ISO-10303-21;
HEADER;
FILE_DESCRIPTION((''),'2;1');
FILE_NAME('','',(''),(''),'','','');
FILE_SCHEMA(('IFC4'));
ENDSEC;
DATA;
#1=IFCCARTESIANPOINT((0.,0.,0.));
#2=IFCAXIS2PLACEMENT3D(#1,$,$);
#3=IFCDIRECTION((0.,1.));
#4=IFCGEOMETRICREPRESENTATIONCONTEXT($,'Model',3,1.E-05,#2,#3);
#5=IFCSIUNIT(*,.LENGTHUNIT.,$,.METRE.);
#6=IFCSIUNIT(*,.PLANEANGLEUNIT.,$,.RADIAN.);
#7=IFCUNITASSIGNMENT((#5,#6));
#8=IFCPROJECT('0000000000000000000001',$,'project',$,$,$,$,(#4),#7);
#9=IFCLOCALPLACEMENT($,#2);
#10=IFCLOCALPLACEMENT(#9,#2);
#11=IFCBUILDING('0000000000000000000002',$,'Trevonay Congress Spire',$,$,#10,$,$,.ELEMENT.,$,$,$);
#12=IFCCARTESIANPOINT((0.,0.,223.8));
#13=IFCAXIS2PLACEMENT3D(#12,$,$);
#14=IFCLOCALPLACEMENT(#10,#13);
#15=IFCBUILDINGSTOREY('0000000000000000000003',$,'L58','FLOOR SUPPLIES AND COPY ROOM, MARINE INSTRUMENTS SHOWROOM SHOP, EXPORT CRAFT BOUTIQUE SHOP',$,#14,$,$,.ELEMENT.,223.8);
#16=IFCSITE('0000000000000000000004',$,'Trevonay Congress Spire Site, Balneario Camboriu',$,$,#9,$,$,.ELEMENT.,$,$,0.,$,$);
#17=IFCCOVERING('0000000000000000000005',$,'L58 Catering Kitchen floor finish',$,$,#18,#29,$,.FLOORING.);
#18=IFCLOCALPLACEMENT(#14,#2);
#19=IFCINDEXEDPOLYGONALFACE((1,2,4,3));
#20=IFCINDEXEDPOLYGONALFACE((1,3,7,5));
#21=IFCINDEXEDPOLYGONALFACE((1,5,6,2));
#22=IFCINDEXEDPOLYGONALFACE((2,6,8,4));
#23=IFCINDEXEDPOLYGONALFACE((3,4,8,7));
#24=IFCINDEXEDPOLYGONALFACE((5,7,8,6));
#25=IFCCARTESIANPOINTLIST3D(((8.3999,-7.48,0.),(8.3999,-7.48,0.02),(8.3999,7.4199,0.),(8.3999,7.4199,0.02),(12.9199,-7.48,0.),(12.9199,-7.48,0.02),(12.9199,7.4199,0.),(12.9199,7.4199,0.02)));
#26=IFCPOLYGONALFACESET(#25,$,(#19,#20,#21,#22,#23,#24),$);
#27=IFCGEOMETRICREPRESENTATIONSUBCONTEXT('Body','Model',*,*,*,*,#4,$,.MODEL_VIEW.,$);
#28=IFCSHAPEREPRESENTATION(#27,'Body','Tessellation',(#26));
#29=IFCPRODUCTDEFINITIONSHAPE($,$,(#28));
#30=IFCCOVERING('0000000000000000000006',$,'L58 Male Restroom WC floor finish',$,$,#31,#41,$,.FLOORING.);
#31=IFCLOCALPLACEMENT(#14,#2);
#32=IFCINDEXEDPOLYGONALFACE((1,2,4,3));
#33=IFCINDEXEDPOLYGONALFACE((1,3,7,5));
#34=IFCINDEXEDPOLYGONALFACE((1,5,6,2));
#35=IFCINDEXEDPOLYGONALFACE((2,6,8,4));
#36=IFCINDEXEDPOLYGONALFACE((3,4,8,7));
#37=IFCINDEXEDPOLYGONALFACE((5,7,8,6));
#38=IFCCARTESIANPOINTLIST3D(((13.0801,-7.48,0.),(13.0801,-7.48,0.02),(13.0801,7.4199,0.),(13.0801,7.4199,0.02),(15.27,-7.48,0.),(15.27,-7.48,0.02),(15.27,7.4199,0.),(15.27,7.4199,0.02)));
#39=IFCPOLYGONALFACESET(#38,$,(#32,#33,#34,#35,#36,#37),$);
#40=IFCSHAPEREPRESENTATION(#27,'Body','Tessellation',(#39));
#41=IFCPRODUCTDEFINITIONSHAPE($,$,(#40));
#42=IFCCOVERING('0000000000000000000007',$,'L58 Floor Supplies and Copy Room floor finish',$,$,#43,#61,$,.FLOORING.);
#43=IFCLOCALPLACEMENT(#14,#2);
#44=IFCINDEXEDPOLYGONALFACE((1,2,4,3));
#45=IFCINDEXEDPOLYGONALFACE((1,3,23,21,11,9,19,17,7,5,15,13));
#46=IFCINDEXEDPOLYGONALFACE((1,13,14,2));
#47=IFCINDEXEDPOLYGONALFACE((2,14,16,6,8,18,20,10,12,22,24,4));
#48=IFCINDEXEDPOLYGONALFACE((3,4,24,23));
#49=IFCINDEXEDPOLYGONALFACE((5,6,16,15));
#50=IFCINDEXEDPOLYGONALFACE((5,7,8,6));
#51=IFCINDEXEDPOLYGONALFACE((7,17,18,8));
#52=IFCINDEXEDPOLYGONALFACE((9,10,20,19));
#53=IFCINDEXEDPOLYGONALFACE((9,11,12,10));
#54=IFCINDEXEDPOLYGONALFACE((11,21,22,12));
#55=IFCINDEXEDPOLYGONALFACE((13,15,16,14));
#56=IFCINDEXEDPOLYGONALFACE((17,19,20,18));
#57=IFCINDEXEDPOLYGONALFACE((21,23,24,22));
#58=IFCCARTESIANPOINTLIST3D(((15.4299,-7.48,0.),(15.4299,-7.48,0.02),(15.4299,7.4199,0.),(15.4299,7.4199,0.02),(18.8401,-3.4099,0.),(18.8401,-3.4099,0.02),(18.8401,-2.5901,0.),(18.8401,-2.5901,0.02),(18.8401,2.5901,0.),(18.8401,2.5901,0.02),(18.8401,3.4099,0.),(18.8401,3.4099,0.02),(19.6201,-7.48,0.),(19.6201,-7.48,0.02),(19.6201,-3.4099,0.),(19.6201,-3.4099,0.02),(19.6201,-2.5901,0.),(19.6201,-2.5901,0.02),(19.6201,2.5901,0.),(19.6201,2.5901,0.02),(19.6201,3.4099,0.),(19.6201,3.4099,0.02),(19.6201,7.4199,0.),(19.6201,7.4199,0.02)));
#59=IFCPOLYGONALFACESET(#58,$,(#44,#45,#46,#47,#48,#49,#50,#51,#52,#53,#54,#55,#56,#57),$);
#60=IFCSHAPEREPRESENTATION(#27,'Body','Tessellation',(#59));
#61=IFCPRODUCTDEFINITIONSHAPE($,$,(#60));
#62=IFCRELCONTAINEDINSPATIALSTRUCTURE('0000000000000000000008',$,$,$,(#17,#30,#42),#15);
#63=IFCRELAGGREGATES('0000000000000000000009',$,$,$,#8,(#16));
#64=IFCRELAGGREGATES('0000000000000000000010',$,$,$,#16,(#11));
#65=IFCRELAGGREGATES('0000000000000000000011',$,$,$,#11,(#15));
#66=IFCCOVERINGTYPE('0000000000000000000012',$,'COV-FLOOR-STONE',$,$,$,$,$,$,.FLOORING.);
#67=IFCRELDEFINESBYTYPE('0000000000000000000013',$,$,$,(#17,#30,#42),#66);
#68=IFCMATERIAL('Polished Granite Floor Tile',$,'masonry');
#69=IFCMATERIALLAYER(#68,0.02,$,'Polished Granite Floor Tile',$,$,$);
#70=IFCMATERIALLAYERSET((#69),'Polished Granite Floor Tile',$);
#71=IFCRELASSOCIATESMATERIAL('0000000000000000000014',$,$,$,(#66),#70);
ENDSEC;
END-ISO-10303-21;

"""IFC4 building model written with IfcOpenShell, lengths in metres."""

from ifc_helpers import new_model, si_unit, direction, frame, origin, place, context, subcontext, project, spatial, polyline, outline, extrude, material, layer, layer_set, type_object, element, save


model = new_model("IFC4")

# Units and contexts
model_context = context("Model", 3, precision=1e-05, world=origin(), true_north=direction((0.0, 1.0)))
body_context = subcontext(model_context, "Body", "Model", "MODEL_VIEW")
ifc_project = project(units=[si_unit("LENGTHUNIT", "METRE"), si_unit("PLANEANGLEUNIT", "RADIAN")], contexts=[model_context])

# Site, building, storey
site_placement = place(None, origin())
site = spatial("IfcSite", under=ifc_project, at=site_placement, Name="Trevonay Congress Spire Site, Balneario Camboriu", CompositionType="ELEMENT", RefElevation=0.0)
building_placement = place(site_placement, origin())
building = spatial("IfcBuilding", under=site, at=building_placement, Name="Trevonay Congress Spire", CompositionType="ELEMENT")
storey_placement = place(building_placement, frame((0.0, 0.0, 223.8)))
storey = spatial("IfcBuildingStorey", under=building, at=storey_placement, Name="L58", Description="FLOOR SUPPLIES AND COPY ROOM, MARINE INSTRUMENTS SHOWROOM SHOP, EXPORT CRAFT BOUTIQUE SHOP", CompositionType="ELEMENT", Elevation=223.8)

# Coverings
ifc_material_1 = material(Name="Polished Granite Floor Tile", Category="masonry")
ifc_layer_1 = layer(ifc_material_1, 0.02, Name="Polished Granite Floor Tile")
ifc_layer_set_1 = layer_set([ifc_layer_1], Name="Polished Granite Floor Tile")
covering_type_1 = type_object("IfcCoveringType", Name="COV-FLOOR-STONE", PredefinedType="FLOORING", material=ifc_layer_set_1)
covering_1_placement = place(storey_placement, origin())
element("IfcCovering", 1, at=covering_1_placement, inside=storey, type_object=covering_type_1, Name="L58 Catering Kitchen floor finish", PredefinedType="FLOORING", context=body_context, shape_type="SweptSolid", body=[
    extrude(outline(polyline([(8.3999, -7.48), (12.9199, -7.48), (12.9199, 7.4199), (8.3999, 7.4199), (8.3999, -7.48)])), origin(), (0.0, 0.0, 1.0), 0.02),
])
covering_2_placement = place(storey_placement, origin())
element("IfcCovering", 2, at=covering_2_placement, inside=storey, type_object=covering_type_1, Name="L58 Male Restroom WC floor finish", PredefinedType="FLOORING", context=body_context, shape_type="SweptSolid", body=[
    extrude(outline(polyline([(13.0801, -7.48), (15.27, -7.48), (15.27, 7.4199), (13.0801, 7.4199), (13.0801, -7.48)])), origin(), (0.0, 0.0, 1.0), 0.02),
])
covering_3_placement = place(storey_placement, origin())
element("IfcCovering", 3, at=covering_3_placement, inside=storey, type_object=covering_type_1, Name="L58 Floor Supplies and Copy Room floor finish", PredefinedType="FLOORING", context=body_context, shape_type="SweptSolid", body=[
    extrude(outline(polyline([(19.6201, -7.48), (15.4299, -7.48), (15.4299, 7.4199), (19.6201, 7.4199), (19.6201, 3.4099), (18.8401, 3.4099), (18.8401, 2.5901), (19.6201, 2.5901), (19.6201, -2.5901), (18.8401, -2.5901), (18.8401, -3.4099), (19.6201, -3.4099), (19.6201, -7.48)])), origin(), (0.0, 0.0, 1.0), 0.02),
])

save(model, "model.ifc")
